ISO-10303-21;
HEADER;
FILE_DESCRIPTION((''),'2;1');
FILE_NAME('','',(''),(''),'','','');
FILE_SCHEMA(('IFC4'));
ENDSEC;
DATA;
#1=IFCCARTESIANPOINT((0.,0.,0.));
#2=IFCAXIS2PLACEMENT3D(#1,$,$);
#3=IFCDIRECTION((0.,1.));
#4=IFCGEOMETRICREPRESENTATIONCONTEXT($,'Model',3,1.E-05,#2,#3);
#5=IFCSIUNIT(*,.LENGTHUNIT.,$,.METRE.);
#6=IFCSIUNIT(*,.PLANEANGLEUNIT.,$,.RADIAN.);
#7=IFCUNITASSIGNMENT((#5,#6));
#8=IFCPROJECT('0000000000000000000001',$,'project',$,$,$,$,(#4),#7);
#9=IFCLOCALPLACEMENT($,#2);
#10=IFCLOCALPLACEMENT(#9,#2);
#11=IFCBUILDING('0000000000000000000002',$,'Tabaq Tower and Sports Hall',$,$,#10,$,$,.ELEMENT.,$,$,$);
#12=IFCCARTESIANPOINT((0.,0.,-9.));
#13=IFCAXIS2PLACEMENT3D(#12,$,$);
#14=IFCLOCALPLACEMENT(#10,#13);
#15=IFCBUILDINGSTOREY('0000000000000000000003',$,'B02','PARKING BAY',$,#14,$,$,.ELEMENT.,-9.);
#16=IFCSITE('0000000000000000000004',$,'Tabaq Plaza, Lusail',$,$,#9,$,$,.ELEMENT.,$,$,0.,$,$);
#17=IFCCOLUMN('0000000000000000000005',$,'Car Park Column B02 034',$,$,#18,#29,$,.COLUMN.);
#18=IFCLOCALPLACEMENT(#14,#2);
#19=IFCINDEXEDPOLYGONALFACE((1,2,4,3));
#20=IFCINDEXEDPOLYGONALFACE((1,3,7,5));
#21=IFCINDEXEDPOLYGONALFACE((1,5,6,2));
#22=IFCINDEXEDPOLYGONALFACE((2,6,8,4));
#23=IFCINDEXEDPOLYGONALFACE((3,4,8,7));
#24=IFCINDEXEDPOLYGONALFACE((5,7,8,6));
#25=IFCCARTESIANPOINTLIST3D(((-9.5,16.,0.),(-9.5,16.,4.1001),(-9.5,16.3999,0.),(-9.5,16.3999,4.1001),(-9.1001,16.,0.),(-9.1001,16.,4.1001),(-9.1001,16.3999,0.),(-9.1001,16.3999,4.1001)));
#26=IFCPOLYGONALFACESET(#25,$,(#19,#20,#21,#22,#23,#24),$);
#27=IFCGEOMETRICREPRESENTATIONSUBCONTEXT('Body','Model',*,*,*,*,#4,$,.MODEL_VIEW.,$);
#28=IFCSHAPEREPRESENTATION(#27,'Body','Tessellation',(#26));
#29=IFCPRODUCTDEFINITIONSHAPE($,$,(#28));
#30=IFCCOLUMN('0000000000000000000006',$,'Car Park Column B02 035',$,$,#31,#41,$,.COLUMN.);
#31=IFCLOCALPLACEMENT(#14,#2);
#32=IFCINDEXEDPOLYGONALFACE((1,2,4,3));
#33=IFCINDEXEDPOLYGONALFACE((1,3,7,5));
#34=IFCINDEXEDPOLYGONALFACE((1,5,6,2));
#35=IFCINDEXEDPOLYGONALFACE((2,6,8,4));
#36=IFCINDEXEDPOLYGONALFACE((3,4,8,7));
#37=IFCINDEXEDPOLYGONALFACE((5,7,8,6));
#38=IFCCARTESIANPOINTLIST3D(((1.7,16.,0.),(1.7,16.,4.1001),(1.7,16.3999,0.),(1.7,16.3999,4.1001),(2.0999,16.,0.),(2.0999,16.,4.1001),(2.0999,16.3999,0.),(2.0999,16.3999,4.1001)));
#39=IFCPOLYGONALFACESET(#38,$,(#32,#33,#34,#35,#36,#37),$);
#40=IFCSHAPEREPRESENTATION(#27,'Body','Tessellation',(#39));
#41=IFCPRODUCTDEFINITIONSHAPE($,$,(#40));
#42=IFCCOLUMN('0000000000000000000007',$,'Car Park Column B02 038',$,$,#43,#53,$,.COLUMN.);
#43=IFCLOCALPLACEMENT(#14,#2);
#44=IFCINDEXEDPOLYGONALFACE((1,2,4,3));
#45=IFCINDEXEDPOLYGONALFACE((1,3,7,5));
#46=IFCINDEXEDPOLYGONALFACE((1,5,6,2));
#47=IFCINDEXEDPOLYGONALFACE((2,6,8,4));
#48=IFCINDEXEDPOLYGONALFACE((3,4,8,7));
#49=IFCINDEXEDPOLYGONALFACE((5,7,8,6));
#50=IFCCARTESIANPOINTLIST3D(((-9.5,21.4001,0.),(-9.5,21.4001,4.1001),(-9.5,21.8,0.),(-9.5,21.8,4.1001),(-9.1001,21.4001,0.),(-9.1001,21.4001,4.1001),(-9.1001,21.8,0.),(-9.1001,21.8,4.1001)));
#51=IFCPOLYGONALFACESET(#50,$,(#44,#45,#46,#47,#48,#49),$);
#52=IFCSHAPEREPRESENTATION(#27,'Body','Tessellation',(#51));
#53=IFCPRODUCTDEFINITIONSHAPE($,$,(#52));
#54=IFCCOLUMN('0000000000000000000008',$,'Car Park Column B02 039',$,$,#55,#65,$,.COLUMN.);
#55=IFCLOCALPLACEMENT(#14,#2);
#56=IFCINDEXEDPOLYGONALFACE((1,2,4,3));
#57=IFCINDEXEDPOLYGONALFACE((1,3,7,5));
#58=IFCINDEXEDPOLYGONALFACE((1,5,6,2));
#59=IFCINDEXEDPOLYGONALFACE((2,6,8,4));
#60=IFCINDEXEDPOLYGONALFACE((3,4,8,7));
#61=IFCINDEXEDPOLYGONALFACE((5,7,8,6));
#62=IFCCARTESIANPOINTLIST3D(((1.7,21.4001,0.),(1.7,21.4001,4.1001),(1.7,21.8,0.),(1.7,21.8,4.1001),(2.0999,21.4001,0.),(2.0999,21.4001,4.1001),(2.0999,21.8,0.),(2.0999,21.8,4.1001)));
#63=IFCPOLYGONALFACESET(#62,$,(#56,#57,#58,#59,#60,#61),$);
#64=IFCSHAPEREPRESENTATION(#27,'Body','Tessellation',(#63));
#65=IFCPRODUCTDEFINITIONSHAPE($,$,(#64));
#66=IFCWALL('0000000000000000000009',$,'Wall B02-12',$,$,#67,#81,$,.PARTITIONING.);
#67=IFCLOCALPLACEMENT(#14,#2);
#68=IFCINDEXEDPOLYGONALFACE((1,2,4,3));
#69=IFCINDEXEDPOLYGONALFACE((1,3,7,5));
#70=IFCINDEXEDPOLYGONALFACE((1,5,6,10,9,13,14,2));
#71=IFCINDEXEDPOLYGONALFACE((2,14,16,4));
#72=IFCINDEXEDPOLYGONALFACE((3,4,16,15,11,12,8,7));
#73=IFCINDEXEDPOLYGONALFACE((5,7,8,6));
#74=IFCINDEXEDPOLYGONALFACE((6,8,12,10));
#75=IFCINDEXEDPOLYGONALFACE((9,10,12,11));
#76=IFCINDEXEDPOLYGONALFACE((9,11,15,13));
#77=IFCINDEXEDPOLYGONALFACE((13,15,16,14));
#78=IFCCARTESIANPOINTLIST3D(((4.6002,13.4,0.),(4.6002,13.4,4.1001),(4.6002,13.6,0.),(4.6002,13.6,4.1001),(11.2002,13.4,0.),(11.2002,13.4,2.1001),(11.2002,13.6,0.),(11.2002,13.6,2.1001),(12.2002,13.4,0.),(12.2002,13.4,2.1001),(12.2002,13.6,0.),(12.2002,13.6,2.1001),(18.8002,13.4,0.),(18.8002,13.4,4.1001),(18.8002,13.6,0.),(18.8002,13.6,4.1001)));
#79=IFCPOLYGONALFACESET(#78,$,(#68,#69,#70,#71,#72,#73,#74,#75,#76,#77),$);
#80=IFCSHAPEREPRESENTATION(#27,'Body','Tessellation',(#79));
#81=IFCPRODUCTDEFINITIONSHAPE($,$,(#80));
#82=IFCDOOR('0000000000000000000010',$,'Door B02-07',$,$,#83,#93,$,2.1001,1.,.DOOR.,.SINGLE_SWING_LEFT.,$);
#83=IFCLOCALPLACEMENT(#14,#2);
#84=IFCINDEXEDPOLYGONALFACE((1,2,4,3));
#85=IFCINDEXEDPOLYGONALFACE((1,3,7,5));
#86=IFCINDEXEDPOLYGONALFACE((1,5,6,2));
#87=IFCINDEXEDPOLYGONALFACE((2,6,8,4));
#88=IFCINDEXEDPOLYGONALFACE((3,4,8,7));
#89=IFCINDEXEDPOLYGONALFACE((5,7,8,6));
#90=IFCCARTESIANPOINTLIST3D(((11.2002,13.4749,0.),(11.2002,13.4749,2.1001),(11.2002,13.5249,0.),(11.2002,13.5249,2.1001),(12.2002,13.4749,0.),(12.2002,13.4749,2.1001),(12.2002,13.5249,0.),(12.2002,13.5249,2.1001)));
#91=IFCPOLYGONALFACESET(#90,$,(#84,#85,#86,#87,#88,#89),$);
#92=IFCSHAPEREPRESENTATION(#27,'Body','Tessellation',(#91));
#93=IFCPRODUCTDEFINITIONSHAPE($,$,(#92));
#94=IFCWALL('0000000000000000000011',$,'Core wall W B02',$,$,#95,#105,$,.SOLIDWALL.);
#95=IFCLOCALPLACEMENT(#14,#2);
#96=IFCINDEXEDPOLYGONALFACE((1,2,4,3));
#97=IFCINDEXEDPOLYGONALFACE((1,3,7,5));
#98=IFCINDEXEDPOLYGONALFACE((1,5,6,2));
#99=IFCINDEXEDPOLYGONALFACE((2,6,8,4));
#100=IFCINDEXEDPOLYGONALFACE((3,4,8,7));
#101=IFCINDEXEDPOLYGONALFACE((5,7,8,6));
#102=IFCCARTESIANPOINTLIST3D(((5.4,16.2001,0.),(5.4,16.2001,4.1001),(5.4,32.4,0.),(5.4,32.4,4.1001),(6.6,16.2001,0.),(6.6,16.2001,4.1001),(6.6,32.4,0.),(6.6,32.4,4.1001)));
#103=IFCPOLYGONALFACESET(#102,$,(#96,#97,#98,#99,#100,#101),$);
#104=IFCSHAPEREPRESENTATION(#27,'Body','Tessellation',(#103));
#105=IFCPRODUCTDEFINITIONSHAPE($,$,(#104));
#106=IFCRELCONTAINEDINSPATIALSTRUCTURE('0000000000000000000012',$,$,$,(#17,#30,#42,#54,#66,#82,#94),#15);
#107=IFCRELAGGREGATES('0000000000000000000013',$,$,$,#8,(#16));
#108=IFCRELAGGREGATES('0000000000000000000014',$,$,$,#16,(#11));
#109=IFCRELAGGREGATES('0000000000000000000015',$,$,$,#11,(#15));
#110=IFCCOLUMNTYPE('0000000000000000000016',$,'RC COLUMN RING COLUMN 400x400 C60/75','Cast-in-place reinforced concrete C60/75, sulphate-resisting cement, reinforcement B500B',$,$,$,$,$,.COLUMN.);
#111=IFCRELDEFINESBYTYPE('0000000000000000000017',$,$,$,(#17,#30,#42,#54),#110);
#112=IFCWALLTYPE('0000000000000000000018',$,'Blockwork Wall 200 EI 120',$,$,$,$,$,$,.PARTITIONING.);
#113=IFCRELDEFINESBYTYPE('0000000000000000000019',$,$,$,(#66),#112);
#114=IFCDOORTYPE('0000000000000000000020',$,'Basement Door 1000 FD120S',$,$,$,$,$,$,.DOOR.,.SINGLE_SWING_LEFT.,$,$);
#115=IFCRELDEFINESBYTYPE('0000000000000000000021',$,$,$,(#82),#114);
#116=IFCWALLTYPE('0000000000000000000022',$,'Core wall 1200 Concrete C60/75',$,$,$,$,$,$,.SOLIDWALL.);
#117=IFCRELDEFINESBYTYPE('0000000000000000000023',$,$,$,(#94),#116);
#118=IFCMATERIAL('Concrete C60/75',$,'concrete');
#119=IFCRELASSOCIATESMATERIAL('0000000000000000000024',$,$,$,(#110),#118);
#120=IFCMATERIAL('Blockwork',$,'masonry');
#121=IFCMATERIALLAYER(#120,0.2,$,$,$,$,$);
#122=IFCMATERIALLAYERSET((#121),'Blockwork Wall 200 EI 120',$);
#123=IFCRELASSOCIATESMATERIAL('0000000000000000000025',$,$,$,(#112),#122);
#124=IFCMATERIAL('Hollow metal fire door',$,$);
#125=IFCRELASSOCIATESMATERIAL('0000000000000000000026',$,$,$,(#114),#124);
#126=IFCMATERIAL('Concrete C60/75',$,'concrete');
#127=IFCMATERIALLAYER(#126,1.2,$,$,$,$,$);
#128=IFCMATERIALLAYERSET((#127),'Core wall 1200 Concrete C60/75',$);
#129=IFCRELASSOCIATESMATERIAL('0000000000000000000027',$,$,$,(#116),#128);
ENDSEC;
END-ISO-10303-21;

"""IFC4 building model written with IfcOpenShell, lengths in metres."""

from ifc_helpers import new_model, si_unit, direction, frame, frame_2d, origin, origin_2d, place, context, subcontext, project, spatial, rectangle, extrude, material, layer, layer_set, material_profile, profile_set, type_object, element, fill, save


model = new_model("IFC4")

# Units and contexts
model_context = context("Model", 3, precision=1e-05, world=origin(), true_north=direction((0.0, 1.0)))
body_context = subcontext(model_context, "Body", "Model", "MODEL_VIEW")
ifc_project = project(units=[si_unit("LENGTHUNIT", "METRE"), si_unit("PLANEANGLEUNIT", "RADIAN")], contexts=[model_context])

# Site, building, storey
site_placement = place(None, origin())
site = spatial("IfcSite", under=ifc_project, at=site_placement, Name="Tabaq Plaza, Lusail", CompositionType="ELEMENT", RefElevation=0.0)
building_placement = place(site_placement, origin())
building = spatial("IfcBuilding", under=site, at=building_placement, Name="Tabaq Tower and Sports Hall", CompositionType="ELEMENT")
storey_placement = place(building_placement, frame((0.0, 0.0, -9.0)))
storey = spatial("IfcBuildingStorey", under=building, at=storey_placement, Name="B02", Description="PARKING BAY", CompositionType="ELEMENT", Elevation=-9.0)

# Columns
ifc_material_1 = material(Name="Concrete C60/75", Category="concrete")
ifc_material_profile_1 = material_profile(ifc_material_1, rectangle(XDim=0.3999, YDim=0.3999, at=origin_2d()), Name="RING COLUMN 400x400")
ifc_profile_set_1 = profile_set([ifc_material_profile_1], Name="Concrete C60/75")
column_type_1 = type_object("IfcColumnType", Name="RC COLUMN RING COLUMN 400x400 C60/75", Description="Cast-in-place reinforced concrete C60/75, sulphate-resisting cement, reinforcement B500B", PredefinedType="COLUMN", material=ifc_profile_set_1)
for number, where, z_axis, x_axis, name in (
    (1, (-9.3, 16.2, 0.0), (0.0, 0.0, 1.0), (1.0, 0.0, 0.0), "Car Park Column B02 034"),
    (2, (1.8999, 16.2, 0.0), (0.0, 0.0, 1.0), (1.0, 0.0, 0.0), "Car Park Column B02 035"),
    (3, (-9.3, 21.6001, 0.0), (0.0, 0.0, 1.0), (1.0, 0.0, 0.0), "Car Park Column B02 038"),
    (4, (1.8999, 21.6001, 0.0), (0.0, 0.0, 1.0), (1.0, 0.0, 0.0), "Car Park Column B02 039"),
):
    element("IfcColumn", number, at=place(storey_placement, frame(where, z_axis=z_axis, x_axis=x_axis)), inside=storey, type_object=column_type_1, Name=name, PredefinedType="COLUMN", context=body_context, shape_type="SweptSolid", body=[
        extrude(rectangle(XDim=0.3999, YDim=0.3999, at=origin_2d()), origin(), (0.0, 0.0, 1.0), 4.1001),
    ])

# Wall, opening, door
ifc_material_2 = material(Name="Blockwork", Category="masonry")
ifc_layer_1 = layer(ifc_material_2, 0.2)
ifc_layer_set_1 = layer_set([ifc_layer_1], Name="Blockwork Wall 200 EI 120")
wall_type_1 = type_object("IfcWallType", Name="Blockwork Wall 200 EI 120", PredefinedType="PARTITIONING", material=ifc_layer_set_1)
wall_1_placement = place(storey_placement, frame((4.6001, 13.5, 0.0), z_axis=(0.0, 0.0, 1.0), x_axis=(1.0, 0.0, 0.0)))
wall_1 = element("IfcWall", 5, at=wall_1_placement, inside=storey, type_object=wall_type_1, Name="Wall B02-12", PredefinedType="PARTITIONING", context=body_context, shape_type="SweptSolid", body=[
    extrude(rectangle(XDim=14.2, YDim=0.2, at=frame_2d((7.1001, 0.0))), origin(), (0.0, 0.0, 1.0), 4.1001),
])
opening_1_placement = place(wall_1_placement, frame((6.6001, 0.0, 0.0)))
opening_1 = element("IfcOpeningElement", 6, at=opening_1_placement, cuts=wall_1, PredefinedType="OPENING", context=body_context, shape_type="SweptSolid", body=[
    extrude(rectangle(XDim=1.0, YDim=2.1001, at=frame_2d((0.5, 1.05))), frame((0.0, 0.1099, 0.0), z_axis=(0.0, -1.0, 0.0), x_axis=(1.0, 0.0, 0.0)), (0.0, 0.0, 1.0), 0.22),
])
ifc_material_3 = material(Name="Hollow metal fire door")
door_type_1 = type_object("IfcDoorType", Name="Basement Door 1000 FD120S", OperationType="SINGLE_SWING_LEFT", PredefinedType="DOOR", material=ifc_material_3)
door_1_placement = place(opening_1_placement, origin())
door_1 = element("IfcDoor", 7, at=door_1_placement, inside=storey, type_object=door_type_1, Name="Door B02-07", OperationType="SINGLE_SWING_LEFT", OverallHeight=2.1001, OverallWidth=1.0, PredefinedType="DOOR", context=body_context, shape_type="SweptSolid", body=[
    extrude(rectangle(XDim=1.0, YDim=2.1001, at=frame_2d((0.5, 1.05))), frame((0.0, 0.0249, 0.0), z_axis=(0.0, -1.0, 0.0), x_axis=(1.0, 0.0, 0.0)), (0.0, 0.0, 1.0), 0.05),
])
fill(opening_1, door_1)

# Wall
ifc_material_4 = material(Name="Concrete C60/75", Category="concrete")
ifc_layer_2 = layer(ifc_material_4, 1.2)
ifc_layer_set_2 = layer_set([ifc_layer_2], Name="Core wall 1200 Concrete C60/75")
wall_type_2 = type_object("IfcWallType", Name="Core wall 1200 Concrete C60/75", PredefinedType="SOLIDWALL", material=ifc_layer_set_2)
wall_2_placement = place(storey_placement, frame((6.0, 16.2, 0.0), z_axis=(0.0, 0.0, 1.0), x_axis=(0.0, 1.0, 0.0)))
element("IfcWall", 8, at=wall_2_placement, inside=storey, type_object=wall_type_2, Name="Core wall W B02", PredefinedType="SOLIDWALL", context=body_context, shape_type="SweptSolid", body=[
    extrude(rectangle(XDim=16.2, YDim=1.2, at=frame_2d((8.1001, 0.0))), origin(), (0.0, 0.0, 1.0), 4.1001),
])

save(model, "model.ifc")
